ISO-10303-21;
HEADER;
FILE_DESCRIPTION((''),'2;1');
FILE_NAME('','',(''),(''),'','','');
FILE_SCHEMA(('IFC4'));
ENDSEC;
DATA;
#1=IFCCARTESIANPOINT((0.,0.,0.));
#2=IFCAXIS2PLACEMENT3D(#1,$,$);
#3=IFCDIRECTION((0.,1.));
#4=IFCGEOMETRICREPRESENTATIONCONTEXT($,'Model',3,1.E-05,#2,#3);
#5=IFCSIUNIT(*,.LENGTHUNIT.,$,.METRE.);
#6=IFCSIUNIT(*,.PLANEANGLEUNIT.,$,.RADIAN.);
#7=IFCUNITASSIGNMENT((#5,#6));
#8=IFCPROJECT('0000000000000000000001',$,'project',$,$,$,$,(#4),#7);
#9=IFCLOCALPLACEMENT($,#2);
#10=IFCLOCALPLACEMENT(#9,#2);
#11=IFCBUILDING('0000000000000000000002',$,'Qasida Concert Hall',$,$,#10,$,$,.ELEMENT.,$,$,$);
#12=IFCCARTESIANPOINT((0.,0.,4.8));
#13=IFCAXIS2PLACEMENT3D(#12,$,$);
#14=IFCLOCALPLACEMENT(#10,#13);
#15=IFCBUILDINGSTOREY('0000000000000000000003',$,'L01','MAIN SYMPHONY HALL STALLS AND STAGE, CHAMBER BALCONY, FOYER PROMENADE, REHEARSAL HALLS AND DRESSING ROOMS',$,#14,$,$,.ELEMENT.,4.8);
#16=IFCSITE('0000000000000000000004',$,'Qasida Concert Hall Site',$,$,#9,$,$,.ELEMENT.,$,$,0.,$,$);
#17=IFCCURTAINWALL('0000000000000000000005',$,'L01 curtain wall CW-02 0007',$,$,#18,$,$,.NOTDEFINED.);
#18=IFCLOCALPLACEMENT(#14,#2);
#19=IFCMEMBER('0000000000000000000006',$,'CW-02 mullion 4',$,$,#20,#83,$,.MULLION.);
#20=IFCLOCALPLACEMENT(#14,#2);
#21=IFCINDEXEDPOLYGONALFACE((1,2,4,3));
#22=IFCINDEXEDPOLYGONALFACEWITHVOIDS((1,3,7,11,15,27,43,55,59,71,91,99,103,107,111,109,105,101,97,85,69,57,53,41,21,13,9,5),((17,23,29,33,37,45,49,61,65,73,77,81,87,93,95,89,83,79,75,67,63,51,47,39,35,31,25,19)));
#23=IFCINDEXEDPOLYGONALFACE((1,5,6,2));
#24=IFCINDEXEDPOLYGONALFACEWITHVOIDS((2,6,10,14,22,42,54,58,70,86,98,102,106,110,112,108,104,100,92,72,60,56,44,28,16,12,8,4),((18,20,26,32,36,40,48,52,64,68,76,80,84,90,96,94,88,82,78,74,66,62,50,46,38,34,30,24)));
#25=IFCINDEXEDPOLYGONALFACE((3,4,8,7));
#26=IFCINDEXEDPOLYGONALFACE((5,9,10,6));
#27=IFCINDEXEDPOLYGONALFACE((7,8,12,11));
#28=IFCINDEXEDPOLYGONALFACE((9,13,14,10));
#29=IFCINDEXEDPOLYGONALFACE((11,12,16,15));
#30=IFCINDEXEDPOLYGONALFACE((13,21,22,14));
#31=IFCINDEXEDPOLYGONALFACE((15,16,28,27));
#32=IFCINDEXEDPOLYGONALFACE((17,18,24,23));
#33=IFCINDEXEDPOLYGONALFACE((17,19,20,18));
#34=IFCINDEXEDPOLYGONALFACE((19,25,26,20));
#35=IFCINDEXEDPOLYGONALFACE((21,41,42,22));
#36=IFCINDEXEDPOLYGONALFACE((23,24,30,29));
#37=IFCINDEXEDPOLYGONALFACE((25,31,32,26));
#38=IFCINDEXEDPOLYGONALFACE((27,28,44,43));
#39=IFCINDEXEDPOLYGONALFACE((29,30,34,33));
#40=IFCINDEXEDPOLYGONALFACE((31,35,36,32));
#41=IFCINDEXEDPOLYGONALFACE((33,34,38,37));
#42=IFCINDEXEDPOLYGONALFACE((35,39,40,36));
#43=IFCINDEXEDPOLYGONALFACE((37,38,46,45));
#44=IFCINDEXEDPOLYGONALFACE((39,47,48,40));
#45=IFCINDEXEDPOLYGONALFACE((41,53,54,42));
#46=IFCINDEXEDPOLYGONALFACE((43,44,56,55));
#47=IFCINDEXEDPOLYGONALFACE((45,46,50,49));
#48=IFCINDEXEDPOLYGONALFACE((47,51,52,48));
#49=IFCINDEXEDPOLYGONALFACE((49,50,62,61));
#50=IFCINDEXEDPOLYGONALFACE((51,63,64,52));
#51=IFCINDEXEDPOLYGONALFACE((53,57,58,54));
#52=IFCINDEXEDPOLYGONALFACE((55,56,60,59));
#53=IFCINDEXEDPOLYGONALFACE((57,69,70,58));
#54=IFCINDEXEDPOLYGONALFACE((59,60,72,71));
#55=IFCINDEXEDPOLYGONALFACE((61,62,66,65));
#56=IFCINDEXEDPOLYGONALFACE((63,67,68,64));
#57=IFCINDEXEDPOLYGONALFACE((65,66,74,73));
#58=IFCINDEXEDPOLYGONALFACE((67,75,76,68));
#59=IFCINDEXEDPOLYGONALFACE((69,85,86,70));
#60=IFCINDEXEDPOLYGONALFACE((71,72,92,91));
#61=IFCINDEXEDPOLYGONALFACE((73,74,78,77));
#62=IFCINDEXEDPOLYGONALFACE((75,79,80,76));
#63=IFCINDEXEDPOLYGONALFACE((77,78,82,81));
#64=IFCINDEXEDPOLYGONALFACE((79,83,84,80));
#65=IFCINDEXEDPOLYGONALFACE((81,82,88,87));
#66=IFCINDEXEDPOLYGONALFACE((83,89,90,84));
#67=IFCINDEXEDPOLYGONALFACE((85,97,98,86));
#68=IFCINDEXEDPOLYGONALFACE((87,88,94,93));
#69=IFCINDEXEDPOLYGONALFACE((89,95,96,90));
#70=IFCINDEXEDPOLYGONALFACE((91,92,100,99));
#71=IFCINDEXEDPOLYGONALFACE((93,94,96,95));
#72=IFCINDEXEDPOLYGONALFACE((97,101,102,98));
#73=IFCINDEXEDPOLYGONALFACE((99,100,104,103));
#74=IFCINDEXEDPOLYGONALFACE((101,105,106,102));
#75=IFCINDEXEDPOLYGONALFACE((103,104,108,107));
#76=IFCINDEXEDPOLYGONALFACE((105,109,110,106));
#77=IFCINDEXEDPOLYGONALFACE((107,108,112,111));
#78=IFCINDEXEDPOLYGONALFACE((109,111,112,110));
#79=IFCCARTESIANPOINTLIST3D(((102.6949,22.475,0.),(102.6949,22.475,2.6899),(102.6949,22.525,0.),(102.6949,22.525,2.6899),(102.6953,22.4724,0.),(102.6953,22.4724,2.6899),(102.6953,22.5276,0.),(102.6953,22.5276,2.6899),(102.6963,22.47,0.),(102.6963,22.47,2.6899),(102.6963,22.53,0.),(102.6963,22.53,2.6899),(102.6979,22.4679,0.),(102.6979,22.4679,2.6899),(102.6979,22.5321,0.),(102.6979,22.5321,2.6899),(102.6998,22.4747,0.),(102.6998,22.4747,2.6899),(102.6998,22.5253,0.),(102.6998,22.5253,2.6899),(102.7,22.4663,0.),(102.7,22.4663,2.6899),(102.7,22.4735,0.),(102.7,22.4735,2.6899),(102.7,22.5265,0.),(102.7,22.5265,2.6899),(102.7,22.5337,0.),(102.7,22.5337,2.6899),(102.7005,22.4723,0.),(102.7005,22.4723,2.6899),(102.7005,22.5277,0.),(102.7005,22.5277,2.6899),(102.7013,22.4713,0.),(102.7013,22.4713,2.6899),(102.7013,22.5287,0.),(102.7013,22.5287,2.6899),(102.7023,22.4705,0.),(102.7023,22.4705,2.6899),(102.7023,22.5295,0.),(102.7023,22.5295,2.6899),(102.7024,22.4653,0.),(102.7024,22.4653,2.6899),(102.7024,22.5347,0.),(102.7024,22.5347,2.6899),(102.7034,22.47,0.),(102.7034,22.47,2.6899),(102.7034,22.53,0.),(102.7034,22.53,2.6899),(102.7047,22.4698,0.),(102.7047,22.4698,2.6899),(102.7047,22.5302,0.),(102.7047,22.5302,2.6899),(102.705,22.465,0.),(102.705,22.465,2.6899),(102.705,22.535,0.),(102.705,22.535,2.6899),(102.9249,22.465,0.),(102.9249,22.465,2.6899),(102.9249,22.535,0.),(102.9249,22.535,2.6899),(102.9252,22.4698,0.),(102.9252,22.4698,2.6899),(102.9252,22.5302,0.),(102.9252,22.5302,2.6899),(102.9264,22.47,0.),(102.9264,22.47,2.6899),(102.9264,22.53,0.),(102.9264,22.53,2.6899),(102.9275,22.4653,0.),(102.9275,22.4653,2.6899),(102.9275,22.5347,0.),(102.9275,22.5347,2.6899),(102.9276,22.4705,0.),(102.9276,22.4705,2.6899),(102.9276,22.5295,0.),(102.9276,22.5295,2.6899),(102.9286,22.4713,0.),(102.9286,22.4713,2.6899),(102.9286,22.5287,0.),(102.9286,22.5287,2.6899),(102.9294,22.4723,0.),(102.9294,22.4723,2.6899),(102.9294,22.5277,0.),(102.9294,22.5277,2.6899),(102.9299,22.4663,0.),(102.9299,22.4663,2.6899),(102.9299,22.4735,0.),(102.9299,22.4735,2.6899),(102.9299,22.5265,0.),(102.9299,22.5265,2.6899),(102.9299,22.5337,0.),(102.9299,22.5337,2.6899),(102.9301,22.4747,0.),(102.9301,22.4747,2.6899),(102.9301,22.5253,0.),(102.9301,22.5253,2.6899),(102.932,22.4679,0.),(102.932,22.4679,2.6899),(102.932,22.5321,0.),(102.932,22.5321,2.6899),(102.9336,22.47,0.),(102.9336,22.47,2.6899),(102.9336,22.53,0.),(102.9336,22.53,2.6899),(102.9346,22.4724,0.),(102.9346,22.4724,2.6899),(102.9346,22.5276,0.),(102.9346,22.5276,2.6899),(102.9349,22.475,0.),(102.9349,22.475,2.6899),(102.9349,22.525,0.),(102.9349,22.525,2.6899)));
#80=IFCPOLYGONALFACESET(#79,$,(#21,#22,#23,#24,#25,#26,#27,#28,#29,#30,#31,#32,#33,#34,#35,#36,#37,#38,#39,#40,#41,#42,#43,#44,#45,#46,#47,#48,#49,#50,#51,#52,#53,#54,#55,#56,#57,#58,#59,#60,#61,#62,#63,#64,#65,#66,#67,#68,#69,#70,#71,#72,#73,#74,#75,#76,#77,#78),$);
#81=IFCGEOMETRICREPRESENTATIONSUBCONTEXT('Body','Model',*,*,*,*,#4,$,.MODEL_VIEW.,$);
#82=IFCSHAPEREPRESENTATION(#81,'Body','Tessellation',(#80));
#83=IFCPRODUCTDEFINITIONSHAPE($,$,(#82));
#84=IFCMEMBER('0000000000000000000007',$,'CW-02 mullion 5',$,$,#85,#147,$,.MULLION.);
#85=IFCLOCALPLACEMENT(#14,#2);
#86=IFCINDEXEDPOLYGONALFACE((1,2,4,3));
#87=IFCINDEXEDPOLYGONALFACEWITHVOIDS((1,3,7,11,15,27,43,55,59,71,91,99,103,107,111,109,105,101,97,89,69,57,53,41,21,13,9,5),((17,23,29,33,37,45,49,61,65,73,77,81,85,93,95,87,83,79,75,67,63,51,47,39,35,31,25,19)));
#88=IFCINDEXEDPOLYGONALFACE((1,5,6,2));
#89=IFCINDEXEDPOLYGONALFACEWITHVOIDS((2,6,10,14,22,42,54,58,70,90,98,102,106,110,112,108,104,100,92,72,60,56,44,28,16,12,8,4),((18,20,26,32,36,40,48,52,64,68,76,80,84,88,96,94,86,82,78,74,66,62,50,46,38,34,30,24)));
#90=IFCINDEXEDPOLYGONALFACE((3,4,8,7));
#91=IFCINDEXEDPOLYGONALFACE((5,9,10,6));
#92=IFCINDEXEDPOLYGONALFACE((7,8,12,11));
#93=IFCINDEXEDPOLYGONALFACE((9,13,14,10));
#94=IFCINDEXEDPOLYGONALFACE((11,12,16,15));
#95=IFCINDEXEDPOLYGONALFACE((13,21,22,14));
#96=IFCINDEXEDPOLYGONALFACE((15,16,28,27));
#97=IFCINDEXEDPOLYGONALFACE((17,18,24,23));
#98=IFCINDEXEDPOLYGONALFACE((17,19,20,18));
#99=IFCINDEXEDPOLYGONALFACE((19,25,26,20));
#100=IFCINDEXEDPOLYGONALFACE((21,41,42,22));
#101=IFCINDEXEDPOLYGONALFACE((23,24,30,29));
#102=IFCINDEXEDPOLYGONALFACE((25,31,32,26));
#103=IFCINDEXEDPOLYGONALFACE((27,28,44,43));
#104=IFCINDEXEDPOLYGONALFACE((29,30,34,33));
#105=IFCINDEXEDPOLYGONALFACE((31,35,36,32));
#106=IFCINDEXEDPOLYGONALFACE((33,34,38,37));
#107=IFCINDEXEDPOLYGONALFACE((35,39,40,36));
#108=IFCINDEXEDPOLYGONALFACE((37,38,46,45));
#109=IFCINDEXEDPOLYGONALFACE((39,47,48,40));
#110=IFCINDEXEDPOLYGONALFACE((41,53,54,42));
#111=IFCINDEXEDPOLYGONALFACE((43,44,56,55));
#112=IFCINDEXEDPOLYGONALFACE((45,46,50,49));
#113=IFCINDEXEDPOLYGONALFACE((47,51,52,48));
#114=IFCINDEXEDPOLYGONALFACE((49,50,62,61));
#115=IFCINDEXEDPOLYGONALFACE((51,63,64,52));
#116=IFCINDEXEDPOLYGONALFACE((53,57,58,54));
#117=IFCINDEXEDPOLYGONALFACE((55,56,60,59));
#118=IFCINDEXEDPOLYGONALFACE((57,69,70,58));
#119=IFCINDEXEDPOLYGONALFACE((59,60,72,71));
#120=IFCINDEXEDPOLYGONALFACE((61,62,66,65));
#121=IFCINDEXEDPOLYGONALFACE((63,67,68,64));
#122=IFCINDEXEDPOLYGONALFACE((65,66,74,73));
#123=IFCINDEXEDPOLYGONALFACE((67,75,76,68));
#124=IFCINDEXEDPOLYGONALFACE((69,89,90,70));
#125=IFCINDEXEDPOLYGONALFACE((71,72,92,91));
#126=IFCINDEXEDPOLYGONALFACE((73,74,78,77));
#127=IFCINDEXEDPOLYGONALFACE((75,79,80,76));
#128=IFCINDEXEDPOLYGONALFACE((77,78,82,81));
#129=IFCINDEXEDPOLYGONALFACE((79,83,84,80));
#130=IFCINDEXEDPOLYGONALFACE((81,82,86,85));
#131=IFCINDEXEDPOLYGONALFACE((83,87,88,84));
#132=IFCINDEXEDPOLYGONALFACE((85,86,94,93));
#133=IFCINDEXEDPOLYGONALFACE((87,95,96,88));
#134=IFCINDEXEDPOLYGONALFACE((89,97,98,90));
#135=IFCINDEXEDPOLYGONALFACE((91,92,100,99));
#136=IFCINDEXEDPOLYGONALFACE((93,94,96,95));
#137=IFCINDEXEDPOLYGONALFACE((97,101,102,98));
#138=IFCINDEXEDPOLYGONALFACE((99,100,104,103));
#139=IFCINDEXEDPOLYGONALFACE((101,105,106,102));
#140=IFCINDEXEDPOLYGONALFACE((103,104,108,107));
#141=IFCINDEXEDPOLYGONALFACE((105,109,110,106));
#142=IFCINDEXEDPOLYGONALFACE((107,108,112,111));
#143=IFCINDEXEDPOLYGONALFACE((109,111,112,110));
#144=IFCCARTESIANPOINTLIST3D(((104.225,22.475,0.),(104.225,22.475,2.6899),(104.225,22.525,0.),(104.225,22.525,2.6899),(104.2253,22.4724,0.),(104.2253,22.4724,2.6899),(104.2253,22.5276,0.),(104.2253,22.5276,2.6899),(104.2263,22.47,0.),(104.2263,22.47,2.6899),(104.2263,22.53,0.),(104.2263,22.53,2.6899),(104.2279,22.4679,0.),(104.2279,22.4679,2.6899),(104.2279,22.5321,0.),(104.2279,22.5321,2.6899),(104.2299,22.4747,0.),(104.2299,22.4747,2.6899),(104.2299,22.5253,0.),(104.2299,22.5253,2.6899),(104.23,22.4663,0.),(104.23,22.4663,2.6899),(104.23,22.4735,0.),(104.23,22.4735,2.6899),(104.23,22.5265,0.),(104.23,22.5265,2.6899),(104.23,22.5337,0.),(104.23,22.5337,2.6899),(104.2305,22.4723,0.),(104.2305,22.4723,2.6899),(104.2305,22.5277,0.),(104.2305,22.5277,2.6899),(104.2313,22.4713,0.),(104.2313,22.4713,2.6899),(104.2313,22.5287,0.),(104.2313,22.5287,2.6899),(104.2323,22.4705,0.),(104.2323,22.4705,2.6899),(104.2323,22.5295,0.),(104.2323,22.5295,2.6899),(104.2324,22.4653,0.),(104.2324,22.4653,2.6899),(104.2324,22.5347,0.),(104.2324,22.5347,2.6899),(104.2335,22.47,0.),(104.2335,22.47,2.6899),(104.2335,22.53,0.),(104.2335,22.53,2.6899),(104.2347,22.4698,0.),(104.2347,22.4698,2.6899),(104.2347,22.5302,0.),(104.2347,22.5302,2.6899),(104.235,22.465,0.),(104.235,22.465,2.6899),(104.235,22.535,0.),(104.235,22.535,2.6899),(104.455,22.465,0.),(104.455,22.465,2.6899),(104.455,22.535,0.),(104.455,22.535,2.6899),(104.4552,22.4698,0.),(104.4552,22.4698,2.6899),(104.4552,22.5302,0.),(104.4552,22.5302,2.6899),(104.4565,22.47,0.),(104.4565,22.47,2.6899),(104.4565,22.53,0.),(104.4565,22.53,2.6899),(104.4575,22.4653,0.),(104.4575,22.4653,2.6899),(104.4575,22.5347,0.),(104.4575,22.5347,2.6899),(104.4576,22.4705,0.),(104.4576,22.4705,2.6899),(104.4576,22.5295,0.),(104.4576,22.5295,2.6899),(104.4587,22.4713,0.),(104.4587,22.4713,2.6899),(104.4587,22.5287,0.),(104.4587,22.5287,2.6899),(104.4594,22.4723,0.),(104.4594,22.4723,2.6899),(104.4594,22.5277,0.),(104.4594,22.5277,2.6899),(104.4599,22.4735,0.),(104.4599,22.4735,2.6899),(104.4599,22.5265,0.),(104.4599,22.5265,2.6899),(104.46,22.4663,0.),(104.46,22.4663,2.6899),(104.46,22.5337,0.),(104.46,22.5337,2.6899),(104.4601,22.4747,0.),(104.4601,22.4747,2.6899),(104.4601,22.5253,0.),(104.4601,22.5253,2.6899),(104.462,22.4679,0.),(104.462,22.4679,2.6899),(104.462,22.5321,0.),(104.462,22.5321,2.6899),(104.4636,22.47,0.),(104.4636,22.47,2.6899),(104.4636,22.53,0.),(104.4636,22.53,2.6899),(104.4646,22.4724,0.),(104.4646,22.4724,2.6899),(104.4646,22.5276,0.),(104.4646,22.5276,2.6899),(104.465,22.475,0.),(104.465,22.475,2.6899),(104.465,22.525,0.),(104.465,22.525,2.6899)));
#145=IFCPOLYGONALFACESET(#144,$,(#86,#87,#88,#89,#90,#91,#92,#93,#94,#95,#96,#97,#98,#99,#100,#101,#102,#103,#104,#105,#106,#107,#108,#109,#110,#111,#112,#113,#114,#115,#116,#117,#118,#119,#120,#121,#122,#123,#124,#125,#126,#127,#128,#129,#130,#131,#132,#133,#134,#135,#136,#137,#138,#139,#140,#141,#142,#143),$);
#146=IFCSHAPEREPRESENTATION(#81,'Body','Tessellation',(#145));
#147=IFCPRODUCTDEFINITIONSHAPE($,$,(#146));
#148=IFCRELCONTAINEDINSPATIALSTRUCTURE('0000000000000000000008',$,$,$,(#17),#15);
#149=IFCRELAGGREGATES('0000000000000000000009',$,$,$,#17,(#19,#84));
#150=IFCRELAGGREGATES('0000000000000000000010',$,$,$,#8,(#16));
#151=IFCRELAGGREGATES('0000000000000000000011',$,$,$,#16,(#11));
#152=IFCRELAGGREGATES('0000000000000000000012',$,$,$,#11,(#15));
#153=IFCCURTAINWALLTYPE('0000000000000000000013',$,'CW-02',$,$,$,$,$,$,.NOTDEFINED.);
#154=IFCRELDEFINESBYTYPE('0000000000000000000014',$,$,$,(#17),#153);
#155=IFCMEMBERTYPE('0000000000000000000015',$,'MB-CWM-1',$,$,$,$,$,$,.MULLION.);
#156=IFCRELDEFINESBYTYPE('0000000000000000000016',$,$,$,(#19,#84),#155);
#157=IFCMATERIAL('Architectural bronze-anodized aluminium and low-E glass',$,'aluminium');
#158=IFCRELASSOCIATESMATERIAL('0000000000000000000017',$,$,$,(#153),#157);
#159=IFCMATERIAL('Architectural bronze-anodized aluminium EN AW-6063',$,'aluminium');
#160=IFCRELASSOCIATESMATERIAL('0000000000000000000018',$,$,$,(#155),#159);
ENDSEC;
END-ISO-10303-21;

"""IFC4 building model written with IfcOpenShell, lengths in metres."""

from ifc_helpers import new_model, si_unit, direction, frame, origin, origin_2d, place, context, subcontext, project, spatial, hollow_rectangle, extrude, material, material_profile, profile_set, type_object, element, aggregate, save


model = new_model("IFC4")

# Units and contexts
model_context = context("Model", 3, precision=1e-05, world=origin(), true_north=direction((0.0, 1.0)))
body_context = subcontext(model_context, "Body", "Model", "MODEL_VIEW")
ifc_project = project(units=[si_unit("LENGTHUNIT", "METRE"), si_unit("PLANEANGLEUNIT", "RADIAN")], contexts=[model_context])

# Site, building, storey
site_placement = place(None, origin())
site = spatial("IfcSite", under=ifc_project, at=site_placement, Name="Qasida Concert Hall Site", CompositionType="ELEMENT", RefElevation=0.0)
building_placement = place(site_placement, origin())
building = spatial("IfcBuilding", under=site, at=building_placement, Name="Qasida Concert Hall", CompositionType="ELEMENT")
storey_placement = place(building_placement, frame((0.0, 0.0, 4.8)))
storey = spatial("IfcBuildingStorey", under=building, at=storey_placement, Name="L01", Description="MAIN SYMPHONY HALL STALLS AND STAGE, CHAMBER BALCONY, FOYER PROMENADE, REHEARSAL HALLS AND DRESSING ROOMS", CompositionType="ELEMENT", Elevation=4.8)

# Curtain wall, members
ifc_material_1 = material(Name="Architectural bronze-anodized aluminium and low-E glass", Category="aluminium")
curtain_wall_type = type_object("IfcCurtainWallType", Name="CW-02", PredefinedType="NOTDEFINED", material=ifc_material_1)
curtain_wall_placement = place(storey_placement, origin())
curtain_wall = element("IfcCurtainWall", 1, at=curtain_wall_placement, inside=storey, type_object=curtain_wall_type, Name="L01 curtain wall CW-02 0007", PredefinedType="NOTDEFINED")
ifc_material_2 = material(Name="Architectural bronze-anodized aluminium EN AW-6063", Category="aluminium")
ifc_material_profile_1 = material_profile(ifc_material_2, hollow_rectangle(XDim=0.0701, YDim=0.24, WallThickness=0.0049, InnerFilletRadius=0.0049, OuterFilletRadius=0.01, at=origin_2d()), Name="CWM 240x70x5")
ifc_profile_set_1 = profile_set([ifc_material_profile_1], Name="Architectural bronze-anodized aluminium EN AW-6063")
member_type_1 = type_object("IfcMemberType", Name="MB-CWM-1", PredefinedType="MULLION", material=ifc_profile_set_1)
member_1_placement = place(storey_placement, frame((102.8149, 22.5, 0.0), z_axis=(0.0, 0.0, 1.0), x_axis=(0.0, 1.0, 0.0)))
member_1 = element("IfcMember", 2, at=member_1_placement, type_object=member_type_1, Name="CW-02 mullion 4", PredefinedType="MULLION", context=body_context, shape_type="SweptSolid", body=[
    extrude(hollow_rectangle(XDim=0.0701, YDim=0.24, WallThickness=0.0049, InnerFilletRadius=0.0049, OuterFilletRadius=0.01, at=origin_2d()), origin(), (0.0, 0.0, 1.0), 2.6899),
])
member_2_placement = place(storey_placement, frame((104.345, 22.5, 0.0), z_axis=(0.0, 0.0, 1.0), x_axis=(0.0, 1.0, 0.0)))
member_2 = element("IfcMember", 3, at=member_2_placement, type_object=member_type_1, Name="CW-02 mullion 5", PredefinedType="MULLION", context=body_context, shape_type="SweptSolid", body=[
    extrude(hollow_rectangle(XDim=0.0701, YDim=0.24, WallThickness=0.0049, InnerFilletRadius=0.0049, OuterFilletRadius=0.01, at=origin_2d()), origin(), (0.0, 0.0, 1.0), 2.6899),
])
aggregate(curtain_wall, [member_1, member_2])

save(model, "model.ifc")
